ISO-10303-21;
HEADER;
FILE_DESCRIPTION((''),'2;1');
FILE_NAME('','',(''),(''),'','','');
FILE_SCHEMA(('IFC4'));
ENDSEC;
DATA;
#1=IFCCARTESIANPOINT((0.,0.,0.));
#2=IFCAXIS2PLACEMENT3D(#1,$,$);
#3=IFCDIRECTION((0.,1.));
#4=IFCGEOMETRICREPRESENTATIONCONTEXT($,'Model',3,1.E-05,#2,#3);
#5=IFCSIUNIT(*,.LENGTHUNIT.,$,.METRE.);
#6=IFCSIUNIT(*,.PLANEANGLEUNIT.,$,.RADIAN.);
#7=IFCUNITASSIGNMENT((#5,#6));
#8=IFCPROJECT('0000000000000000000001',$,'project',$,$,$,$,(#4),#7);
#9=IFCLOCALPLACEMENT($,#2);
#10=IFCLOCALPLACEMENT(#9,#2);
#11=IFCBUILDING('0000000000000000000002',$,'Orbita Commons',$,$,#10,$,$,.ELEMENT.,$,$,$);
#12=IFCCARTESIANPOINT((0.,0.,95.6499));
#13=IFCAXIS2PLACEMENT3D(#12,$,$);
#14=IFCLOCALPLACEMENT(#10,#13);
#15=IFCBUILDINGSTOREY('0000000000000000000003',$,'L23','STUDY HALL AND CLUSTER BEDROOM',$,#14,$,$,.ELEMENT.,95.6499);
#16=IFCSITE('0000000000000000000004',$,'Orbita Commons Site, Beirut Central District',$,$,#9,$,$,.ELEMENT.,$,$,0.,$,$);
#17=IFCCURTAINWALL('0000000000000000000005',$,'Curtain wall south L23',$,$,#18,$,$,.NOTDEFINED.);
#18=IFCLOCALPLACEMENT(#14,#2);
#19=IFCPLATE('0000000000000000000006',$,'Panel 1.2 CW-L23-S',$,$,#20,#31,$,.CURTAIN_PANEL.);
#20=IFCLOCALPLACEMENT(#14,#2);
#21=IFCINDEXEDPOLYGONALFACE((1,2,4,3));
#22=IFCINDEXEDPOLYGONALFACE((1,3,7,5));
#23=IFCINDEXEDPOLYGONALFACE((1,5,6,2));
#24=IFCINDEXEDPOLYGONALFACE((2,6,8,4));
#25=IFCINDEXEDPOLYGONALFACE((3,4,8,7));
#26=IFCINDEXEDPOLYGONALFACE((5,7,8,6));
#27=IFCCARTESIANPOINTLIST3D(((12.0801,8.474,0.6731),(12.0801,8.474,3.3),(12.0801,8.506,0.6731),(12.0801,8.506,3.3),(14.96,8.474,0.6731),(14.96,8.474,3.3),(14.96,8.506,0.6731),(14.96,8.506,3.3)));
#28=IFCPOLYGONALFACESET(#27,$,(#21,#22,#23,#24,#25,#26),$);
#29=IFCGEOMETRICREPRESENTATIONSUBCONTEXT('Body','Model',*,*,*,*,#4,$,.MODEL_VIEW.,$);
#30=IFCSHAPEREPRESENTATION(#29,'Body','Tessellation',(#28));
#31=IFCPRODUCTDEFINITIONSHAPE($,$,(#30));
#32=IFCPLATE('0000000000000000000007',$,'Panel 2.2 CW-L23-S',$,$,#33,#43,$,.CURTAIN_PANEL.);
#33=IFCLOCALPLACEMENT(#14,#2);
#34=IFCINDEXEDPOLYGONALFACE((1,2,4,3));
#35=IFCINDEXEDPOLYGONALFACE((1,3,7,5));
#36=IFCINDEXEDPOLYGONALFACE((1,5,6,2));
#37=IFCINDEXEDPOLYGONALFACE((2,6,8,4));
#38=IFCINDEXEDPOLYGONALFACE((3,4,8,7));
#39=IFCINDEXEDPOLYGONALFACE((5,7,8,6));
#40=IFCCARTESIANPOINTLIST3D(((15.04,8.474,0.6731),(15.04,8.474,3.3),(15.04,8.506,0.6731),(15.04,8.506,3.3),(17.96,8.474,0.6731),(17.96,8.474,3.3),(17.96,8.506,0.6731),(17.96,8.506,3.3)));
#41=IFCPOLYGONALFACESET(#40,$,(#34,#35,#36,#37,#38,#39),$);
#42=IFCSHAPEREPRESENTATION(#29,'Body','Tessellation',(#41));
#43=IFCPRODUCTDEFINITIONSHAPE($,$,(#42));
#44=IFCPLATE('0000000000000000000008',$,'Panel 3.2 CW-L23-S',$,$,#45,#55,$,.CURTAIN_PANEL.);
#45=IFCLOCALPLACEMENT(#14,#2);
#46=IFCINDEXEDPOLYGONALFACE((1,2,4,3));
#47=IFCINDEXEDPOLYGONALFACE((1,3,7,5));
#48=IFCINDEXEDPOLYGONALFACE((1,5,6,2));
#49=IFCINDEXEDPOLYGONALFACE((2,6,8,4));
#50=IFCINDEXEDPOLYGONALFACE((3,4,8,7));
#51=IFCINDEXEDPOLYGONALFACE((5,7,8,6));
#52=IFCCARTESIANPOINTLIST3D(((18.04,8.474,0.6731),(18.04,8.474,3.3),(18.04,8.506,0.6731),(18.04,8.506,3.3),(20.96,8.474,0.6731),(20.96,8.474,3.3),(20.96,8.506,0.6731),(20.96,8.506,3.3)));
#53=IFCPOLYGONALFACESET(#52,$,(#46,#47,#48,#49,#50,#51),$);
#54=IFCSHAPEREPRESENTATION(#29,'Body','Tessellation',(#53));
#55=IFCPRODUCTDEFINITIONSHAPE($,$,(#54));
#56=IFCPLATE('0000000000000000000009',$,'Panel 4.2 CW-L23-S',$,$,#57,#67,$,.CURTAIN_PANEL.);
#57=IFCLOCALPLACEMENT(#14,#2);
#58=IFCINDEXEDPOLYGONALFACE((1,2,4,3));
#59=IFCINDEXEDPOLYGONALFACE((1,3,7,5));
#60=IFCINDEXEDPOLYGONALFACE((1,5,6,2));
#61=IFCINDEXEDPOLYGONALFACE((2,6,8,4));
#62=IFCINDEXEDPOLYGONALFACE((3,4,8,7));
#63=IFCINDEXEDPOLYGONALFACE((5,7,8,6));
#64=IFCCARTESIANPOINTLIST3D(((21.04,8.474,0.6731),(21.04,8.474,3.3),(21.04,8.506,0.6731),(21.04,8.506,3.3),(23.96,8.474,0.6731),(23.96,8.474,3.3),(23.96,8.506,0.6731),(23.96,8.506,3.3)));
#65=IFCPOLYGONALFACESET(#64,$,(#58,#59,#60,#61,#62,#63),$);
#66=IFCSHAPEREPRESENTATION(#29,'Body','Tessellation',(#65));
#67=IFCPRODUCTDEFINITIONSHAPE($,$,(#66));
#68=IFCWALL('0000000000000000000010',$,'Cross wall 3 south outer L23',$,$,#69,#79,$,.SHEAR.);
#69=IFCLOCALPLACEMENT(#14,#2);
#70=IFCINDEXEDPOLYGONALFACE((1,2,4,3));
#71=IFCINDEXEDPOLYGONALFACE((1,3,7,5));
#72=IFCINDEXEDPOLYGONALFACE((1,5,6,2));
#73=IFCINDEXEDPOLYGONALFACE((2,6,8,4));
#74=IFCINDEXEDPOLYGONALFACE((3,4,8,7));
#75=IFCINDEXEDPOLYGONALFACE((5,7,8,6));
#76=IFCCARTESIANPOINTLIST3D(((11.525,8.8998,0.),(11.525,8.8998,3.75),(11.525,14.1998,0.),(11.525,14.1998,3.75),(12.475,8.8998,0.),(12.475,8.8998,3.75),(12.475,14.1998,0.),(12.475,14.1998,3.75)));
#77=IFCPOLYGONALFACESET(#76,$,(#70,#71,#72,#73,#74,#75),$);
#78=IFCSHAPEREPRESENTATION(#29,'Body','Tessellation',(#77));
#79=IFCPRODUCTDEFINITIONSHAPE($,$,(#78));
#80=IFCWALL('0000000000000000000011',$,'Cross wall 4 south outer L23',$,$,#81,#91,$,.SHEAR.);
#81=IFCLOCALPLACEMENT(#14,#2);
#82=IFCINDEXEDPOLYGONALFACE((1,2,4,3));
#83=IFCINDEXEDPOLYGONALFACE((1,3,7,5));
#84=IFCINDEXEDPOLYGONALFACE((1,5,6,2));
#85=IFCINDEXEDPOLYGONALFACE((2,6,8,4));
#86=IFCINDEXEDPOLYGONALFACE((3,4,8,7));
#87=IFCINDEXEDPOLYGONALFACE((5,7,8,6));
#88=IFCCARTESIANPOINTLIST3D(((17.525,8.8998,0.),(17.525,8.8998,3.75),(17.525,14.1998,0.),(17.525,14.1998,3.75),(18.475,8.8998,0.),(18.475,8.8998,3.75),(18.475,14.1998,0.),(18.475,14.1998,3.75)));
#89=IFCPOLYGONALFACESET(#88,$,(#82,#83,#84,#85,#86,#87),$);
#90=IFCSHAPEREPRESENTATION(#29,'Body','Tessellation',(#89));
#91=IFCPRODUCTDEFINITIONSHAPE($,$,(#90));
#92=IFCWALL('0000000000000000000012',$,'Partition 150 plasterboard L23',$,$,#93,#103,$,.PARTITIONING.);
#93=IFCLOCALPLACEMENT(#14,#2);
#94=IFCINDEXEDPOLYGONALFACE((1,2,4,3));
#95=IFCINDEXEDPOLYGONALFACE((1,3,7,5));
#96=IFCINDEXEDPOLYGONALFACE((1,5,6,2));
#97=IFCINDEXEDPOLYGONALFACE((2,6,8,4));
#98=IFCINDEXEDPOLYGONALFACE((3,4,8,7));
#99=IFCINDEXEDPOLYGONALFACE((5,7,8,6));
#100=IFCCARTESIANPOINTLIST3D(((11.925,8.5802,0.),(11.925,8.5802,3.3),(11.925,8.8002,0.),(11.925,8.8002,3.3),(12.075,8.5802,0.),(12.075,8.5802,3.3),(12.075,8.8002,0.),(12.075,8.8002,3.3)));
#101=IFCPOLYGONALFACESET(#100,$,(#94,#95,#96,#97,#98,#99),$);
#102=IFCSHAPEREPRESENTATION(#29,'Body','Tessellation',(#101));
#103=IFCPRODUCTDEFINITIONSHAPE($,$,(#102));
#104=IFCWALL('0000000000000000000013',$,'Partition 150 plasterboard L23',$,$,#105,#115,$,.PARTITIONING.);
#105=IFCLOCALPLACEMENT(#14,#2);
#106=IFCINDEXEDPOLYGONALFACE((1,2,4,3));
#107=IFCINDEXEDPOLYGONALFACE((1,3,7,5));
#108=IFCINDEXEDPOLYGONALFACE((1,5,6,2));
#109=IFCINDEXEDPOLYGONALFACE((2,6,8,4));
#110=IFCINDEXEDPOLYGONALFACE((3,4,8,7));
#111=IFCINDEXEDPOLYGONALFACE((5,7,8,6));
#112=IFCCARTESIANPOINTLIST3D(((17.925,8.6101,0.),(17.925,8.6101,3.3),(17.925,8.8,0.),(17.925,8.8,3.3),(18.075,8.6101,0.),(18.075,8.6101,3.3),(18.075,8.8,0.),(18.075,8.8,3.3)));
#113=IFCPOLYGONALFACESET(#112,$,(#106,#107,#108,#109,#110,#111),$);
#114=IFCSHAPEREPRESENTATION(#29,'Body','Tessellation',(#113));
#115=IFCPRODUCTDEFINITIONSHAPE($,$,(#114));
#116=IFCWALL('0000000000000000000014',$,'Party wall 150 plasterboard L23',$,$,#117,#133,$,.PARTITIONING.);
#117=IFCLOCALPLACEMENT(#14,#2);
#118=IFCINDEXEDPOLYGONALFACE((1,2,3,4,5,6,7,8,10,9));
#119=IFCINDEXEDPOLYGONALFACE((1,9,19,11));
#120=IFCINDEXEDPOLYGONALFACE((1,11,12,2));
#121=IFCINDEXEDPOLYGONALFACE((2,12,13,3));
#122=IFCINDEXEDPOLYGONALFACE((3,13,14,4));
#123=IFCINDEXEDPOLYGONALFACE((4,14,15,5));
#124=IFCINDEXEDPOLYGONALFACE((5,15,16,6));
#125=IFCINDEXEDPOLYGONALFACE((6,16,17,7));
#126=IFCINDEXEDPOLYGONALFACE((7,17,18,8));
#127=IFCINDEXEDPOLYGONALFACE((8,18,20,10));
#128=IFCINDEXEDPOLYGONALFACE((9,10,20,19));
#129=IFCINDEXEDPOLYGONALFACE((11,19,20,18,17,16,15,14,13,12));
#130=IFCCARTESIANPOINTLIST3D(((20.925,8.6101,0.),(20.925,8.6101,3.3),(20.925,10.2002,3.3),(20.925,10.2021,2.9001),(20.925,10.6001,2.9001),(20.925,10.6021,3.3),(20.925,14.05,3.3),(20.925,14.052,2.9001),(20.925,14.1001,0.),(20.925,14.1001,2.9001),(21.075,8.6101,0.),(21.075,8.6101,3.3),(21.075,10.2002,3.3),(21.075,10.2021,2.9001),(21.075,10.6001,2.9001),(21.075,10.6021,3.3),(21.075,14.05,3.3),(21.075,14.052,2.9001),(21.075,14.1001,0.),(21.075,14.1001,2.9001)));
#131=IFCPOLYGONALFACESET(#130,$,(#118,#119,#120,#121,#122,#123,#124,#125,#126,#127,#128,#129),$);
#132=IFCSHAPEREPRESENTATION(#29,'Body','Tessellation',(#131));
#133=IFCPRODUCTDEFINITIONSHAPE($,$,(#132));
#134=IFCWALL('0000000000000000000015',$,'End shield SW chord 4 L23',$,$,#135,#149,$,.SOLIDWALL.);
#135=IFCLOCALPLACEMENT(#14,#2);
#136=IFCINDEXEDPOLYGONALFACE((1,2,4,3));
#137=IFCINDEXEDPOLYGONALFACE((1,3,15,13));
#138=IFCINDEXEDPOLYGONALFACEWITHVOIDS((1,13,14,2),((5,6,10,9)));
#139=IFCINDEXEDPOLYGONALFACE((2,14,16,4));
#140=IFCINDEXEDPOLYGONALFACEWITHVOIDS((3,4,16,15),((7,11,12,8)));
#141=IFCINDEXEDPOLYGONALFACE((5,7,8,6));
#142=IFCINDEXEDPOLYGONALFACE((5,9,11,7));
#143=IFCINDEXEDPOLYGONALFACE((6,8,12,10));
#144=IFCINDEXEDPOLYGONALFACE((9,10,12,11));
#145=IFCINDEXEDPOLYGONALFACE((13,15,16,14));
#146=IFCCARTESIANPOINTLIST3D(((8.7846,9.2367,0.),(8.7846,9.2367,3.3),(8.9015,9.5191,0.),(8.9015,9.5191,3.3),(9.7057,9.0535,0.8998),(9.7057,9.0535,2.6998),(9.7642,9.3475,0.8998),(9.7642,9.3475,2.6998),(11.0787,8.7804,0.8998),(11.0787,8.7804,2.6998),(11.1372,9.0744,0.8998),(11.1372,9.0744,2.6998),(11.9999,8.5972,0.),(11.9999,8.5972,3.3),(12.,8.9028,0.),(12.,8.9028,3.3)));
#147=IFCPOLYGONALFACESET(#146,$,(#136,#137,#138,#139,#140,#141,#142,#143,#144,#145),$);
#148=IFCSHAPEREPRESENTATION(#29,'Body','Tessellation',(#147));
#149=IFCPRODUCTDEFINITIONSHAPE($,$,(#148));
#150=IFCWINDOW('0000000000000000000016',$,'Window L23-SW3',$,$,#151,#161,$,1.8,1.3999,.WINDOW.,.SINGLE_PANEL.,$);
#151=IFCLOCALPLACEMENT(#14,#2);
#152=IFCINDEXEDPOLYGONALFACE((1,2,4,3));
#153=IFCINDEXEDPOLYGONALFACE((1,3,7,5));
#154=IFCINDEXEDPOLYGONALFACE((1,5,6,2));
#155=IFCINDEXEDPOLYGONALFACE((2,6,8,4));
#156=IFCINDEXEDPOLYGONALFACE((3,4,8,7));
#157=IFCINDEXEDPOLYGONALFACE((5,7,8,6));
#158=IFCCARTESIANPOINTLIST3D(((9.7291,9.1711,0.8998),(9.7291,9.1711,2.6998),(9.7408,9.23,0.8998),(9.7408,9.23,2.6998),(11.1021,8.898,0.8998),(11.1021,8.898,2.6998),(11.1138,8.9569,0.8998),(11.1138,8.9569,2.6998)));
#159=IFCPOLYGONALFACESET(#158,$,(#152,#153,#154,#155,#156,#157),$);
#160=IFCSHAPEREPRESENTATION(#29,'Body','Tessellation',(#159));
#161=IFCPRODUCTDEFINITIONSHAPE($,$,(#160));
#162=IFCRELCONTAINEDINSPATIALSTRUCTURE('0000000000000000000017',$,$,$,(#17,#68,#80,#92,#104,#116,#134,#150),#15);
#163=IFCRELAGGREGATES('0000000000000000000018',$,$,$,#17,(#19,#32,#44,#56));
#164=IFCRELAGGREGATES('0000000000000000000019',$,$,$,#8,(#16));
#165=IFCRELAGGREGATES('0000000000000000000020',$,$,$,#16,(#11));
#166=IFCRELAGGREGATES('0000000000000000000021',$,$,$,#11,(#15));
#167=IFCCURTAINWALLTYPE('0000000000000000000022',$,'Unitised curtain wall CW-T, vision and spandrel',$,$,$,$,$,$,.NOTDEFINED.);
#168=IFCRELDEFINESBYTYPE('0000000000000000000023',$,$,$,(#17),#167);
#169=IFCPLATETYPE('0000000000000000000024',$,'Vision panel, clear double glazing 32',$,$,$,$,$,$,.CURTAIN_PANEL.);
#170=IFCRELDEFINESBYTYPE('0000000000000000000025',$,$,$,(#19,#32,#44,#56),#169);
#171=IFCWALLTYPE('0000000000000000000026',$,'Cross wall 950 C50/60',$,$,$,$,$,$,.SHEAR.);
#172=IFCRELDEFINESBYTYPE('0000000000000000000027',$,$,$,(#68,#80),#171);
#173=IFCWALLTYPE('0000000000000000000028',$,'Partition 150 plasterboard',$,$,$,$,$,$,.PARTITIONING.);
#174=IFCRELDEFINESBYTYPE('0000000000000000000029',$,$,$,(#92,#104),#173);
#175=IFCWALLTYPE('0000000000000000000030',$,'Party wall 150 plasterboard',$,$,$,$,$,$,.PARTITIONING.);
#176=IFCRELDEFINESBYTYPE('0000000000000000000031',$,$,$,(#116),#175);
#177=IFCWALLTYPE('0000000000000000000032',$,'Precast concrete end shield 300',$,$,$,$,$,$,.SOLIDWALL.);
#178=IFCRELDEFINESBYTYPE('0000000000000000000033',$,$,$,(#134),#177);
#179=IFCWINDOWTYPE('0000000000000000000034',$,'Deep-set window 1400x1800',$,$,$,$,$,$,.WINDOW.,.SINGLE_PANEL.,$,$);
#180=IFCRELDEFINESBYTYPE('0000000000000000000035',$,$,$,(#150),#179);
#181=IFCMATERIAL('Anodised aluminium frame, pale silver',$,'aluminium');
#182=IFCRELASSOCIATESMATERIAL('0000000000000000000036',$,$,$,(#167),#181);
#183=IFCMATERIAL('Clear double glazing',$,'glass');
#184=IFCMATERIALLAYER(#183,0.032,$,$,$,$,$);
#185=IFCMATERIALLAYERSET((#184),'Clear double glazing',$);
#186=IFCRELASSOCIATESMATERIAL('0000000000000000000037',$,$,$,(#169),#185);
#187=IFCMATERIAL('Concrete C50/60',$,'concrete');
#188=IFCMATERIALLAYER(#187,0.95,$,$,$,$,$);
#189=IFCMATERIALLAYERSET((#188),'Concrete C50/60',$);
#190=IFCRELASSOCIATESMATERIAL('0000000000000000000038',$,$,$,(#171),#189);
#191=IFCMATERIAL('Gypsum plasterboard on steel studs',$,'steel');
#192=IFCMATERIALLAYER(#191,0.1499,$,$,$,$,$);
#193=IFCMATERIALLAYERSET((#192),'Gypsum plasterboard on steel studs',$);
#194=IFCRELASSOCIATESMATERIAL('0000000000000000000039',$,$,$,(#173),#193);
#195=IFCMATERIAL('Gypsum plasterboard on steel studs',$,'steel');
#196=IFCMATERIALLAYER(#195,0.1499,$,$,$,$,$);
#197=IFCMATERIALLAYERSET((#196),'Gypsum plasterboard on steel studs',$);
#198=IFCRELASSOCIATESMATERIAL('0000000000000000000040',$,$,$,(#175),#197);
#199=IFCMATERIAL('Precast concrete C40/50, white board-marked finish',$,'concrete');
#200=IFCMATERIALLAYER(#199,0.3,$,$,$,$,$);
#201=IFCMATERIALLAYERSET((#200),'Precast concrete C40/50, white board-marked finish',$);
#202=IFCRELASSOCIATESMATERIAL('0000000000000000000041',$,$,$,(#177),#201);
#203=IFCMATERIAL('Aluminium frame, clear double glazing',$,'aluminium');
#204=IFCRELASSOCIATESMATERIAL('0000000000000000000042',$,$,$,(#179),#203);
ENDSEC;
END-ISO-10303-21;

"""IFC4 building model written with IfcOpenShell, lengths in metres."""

from ifc_helpers import new_model, si_unit, direction, frame, frame_2d, origin, origin_2d, place, context, subcontext, project, spatial, polyline, rectangle, outline, extrude, material, layer, layer_set, type_object, element, fill, aggregate, save


model = new_model("IFC4")

# Units and contexts
model_context = context("Model", 3, precision=1e-05, world=origin(), true_north=direction((0.0, 1.0)))
body_context = subcontext(model_context, "Body", "Model", "MODEL_VIEW")
ifc_project = project(units=[si_unit("LENGTHUNIT", "METRE"), si_unit("PLANEANGLEUNIT", "RADIAN")], contexts=[model_context])

# Site, building, storey
site_placement = place(None, origin())
site = spatial("IfcSite", under=ifc_project, at=site_placement, Name="Orbita Commons Site, Beirut Central District", CompositionType="ELEMENT", RefElevation=0.0)
building_placement = place(site_placement, origin())
building = spatial("IfcBuilding", under=site, at=building_placement, Name="Orbita Commons", CompositionType="ELEMENT")
storey_placement = place(building_placement, frame((0.0, 0.0, 95.6499)))
storey = spatial("IfcBuildingStorey", under=building, at=storey_placement, Name="L23", Description="STUDY HALL AND CLUSTER BEDROOM", CompositionType="ELEMENT", Elevation=95.6499)

# Curtain wall
ifc_material_1 = material(Name="Anodised aluminium frame, pale silver", Category="aluminium")
curtain_wall_type = type_object("IfcCurtainWallType", Name="Unitised curtain wall CW-T, vision and spandrel", PredefinedType="NOTDEFINED", material=ifc_material_1)
curtain_wall_placement = place(storey_placement, origin())
curtain_wall = element("IfcCurtainWall", 1, at=curtain_wall_placement, inside=storey, type_object=curtain_wall_type, Name="Curtain wall south L23", PredefinedType="NOTDEFINED")

# Plates
ifc_material_2 = material(Name="Clear double glazing", Category="glass")
ifc_layer_1 = layer(ifc_material_2, 0.032)
ifc_layer_set_1 = layer_set([ifc_layer_1], Name="Clear double glazing")
plate_type_1 = type_object("IfcPlateType", Name="Vision panel, clear double glazing 32", PredefinedType="CURTAIN_PANEL", material=ifc_layer_set_1)
plate_1_placement = place(storey_placement, frame((13.52, 8.49, 0.6731), z_axis=(0.0, 0.0, 1.0), x_axis=(1.0, 0.0, 0.0)))
plate_1 = element("IfcPlate", 2, at=plate_1_placement, type_object=plate_type_1, Name="Panel 1.2 CW-L23-S", PredefinedType="CURTAIN_PANEL", context=body_context, shape_type="SweptSolid", body=[
    extrude(rectangle(XDim=2.8799, YDim=0.032, at=origin_2d()), origin(), (0.0, 0.0, 1.0), 2.627),
])
plate_2_placement = place(storey_placement, frame((16.5, 8.49, 0.6731), z_axis=(0.0, 0.0, 1.0), x_axis=(1.0, 0.0, 0.0)))
plate_2 = element("IfcPlate", 3, at=plate_2_placement, type_object=plate_type_1, Name="Panel 2.2 CW-L23-S", PredefinedType="CURTAIN_PANEL", context=body_context, shape_type="SweptSolid", body=[
    extrude(rectangle(XDim=2.9199, YDim=0.032, at=origin_2d()), origin(), (0.0, 0.0, 1.0), 2.627),
])
plate_3_placement = place(storey_placement, frame((19.5, 8.49, 0.6731), z_axis=(0.0, 0.0, 1.0), x_axis=(1.0, 0.0, 0.0)))
plate_3 = element("IfcPlate", 4, at=plate_3_placement, type_object=plate_type_1, Name="Panel 3.2 CW-L23-S", PredefinedType="CURTAIN_PANEL", context=body_context, shape_type="SweptSolid", body=[
    extrude(rectangle(XDim=2.9199, YDim=0.032, at=origin_2d()), origin(), (0.0, 0.0, 1.0), 2.627),
])
plate_4_placement = place(storey_placement, frame((22.5, 8.49, 0.6731), z_axis=(0.0, 0.0, 1.0), x_axis=(1.0, 0.0, 0.0)))
plate_4 = element("IfcPlate", 5, at=plate_4_placement, type_object=plate_type_1, Name="Panel 4.2 CW-L23-S", PredefinedType="CURTAIN_PANEL", context=body_context, shape_type="SweptSolid", body=[
    extrude(rectangle(XDim=2.9199, YDim=0.032, at=origin_2d()), origin(), (0.0, 0.0, 1.0), 2.627),
])
aggregate(curtain_wall, [plate_1, plate_2, plate_3, plate_4])

# Walls
ifc_material_3 = material(Name="Concrete C50/60", Category="concrete")
ifc_layer_2 = layer(ifc_material_3, 0.95)
ifc_layer_set_2 = layer_set([ifc_layer_2], Name="Concrete C50/60")
wall_type_1 = type_object("IfcWallType", Name="Cross wall 950 C50/60", PredefinedType="SHEAR", material=ifc_layer_set_2)
for number, where, z_axis, x_axis, name in (
    (6, (12.0, 8.8999, 0.0), (0.0, 0.0, 1.0), (0.0, 1.0, 0.0), "Cross wall 3 south outer L23"),
    (7, (18.0, 8.8999, 0.0), (0.0, 0.0, 1.0), (0.0, 1.0, 0.0), "Cross wall 4 south outer L23"),
):
    element("IfcWall", number, at=place(storey_placement, frame(where, z_axis=z_axis, x_axis=x_axis)), inside=storey, type_object=wall_type_1, Name=name, PredefinedType="SHEAR", context=body_context, shape_type="SweptSolid", body=[
        extrude(rectangle(XDim=5.3, YDim=0.95, at=frame_2d((2.6499, 0.0))), origin(), (0.0, 0.0, 1.0), 3.75),
    ])
ifc_material_4 = material(Name="Gypsum plasterboard on steel studs", Category="steel")
ifc_layer_3 = layer(ifc_material_4, 0.1499)
ifc_layer_set_3 = layer_set([ifc_layer_3], Name="Gypsum plasterboard on steel studs")
wall_type_2 = type_object("IfcWallType", Name="Partition 150 plasterboard", PredefinedType="PARTITIONING", material=ifc_layer_set_3)
wall_1_placement = place(storey_placement, frame((12.0, 8.8, 0.0), z_axis=(0.0, 0.0, 1.0), x_axis=(0.0, -1.0, 0.0)))
element("IfcWall", 8, at=wall_1_placement, inside=storey, type_object=wall_type_2, Name="Partition 150 plasterboard L23", PredefinedType="PARTITIONING", context=body_context, shape_type="SweptSolid", body=[
    extrude(rectangle(XDim=0.22, YDim=0.1499, at=frame_2d((0.1099, 0.0))), origin(), (0.0, 0.0, 1.0), 3.3),
])
wall_2_placement = place(storey_placement, frame((18.0, 8.8, 0.0), z_axis=(0.0, 0.0, 1.0), x_axis=(0.0, -1.0, 0.0)))
element("IfcWall", 9, at=wall_2_placement, inside=storey, type_object=wall_type_2, Name="Partition 150 plasterboard L23", PredefinedType="PARTITIONING", context=body_context, shape_type="SweptSolid", body=[
    extrude(rectangle(XDim=0.1899, YDim=0.1499, at=frame_2d((0.095, 0.0))), origin(), (0.0, 0.0, 1.0), 3.3),
])
ifc_material_5 = material(Name="Gypsum plasterboard on steel studs", Category="steel")
ifc_layer_4 = layer(ifc_material_5, 0.1499)
ifc_layer_set_4 = layer_set([ifc_layer_4], Name="Gypsum plasterboard on steel studs")
wall_type_3 = type_object("IfcWallType", Name="Party wall 150 plasterboard", PredefinedType="PARTITIONING", material=ifc_layer_set_4)
wall_3_placement = place(storey_placement, frame((21.0, 8.6101, 0.0), z_axis=(0.0, 0.0, 1.0), x_axis=(0.0, 1.0, 0.0)))
element("IfcWall", 10, at=wall_3_placement, inside=storey, type_object=wall_type_3, Name="Party wall 150 plasterboard L23", PredefinedType="PARTITIONING", context=body_context, shape_type="SweptSolid", body=[
    extrude(outline(polyline([(0.0, 0.0), (5.49, 0.0), (5.49, 2.9001), (5.4419, 2.9001), (5.4399, 3.3), (1.9919, 3.3), (1.99, 2.9001), (1.592, 2.9001), (1.5901, 3.3), (0.0, 3.3), (0.0, 0.0)])), frame((0.0, 0.075, 0.0), z_axis=(0.0, -1.0, 0.0), x_axis=(1.0, 0.0, 0.0)), (0.0, 0.0, 1.0), 0.1499),
])

# Wall, opening, window
ifc_material_6 = material(Name="Precast concrete C40/50, white board-marked finish", Category="concrete")
ifc_layer_5 = layer(ifc_material_6, 0.3)
ifc_layer_set_5 = layer_set([ifc_layer_5], Name="Precast concrete C40/50, white board-marked finish")
wall_type_4 = type_object("IfcWallType", Name="Precast concrete end shield 300", PredefinedType="SOLIDWALL", material=ifc_layer_set_5)
wall_4_placement = place(storey_placement, frame((8.843, 9.3779, 0.0), z_axis=(0.0, 0.0, 1.0), x_axis=(0.980787, -0.19508, 0.0)))
wall_4 = element("IfcWall", 11, at=wall_4_placement, inside=storey, type_object=wall_type_4, Name="End shield SW chord 4 L23", PredefinedType="SOLIDWALL", context=body_context, shape_type="SweptSolid", body=[
    extrude(outline(polyline([(-0.0298, -0.1499), (3.2485, -0.1499), (3.189, 0.1499), (0.0298, 0.1499), (-0.0298, -0.1499)])), origin(), (0.0, 0.0, 1.0), 3.3),
])
opening_placement = place(wall_4_placement, frame((0.9094, 0.0, 0.8999)))
opening = element("IfcOpeningElement", 12, at=opening_placement, cuts=wall_4, PredefinedType="OPENING", context=body_context, shape_type="SweptSolid", body=[
    extrude(rectangle(XDim=1.3999, YDim=1.8, at=frame_2d((0.7, 0.8999))), frame((0.0, 0.1599, 0.0), z_axis=(0.0, -1.0, 0.0), x_axis=(1.0, 0.0, 0.0)), (0.0, 0.0, 1.0), 0.3201),
])
ifc_material_7 = material(Name="Aluminium frame, clear double glazing", Category="aluminium")
window_type = type_object("IfcWindowType", Name="Deep-set window 1400x1800", PartitioningType="SINGLE_PANEL", PredefinedType="WINDOW", material=ifc_material_7)
window_placement = place(opening_placement, origin())
window = element("IfcWindow", 13, at=window_placement, inside=storey, type_object=window_type, Name="Window L23-SW3", OverallHeight=1.8, OverallWidth=1.3999, PartitioningType="SINGLE_PANEL", PredefinedType="WINDOW", context=body_context, shape_type="SweptSolid", body=[
    extrude(rectangle(XDim=1.3999, YDim=1.8, at=frame_2d((0.7, 0.8999))), frame((0.0, 0.03, 0.0), z_axis=(0.0, -1.0, 0.0), x_axis=(1.0, 0.0, 0.0)), (0.0, 0.0, 1.0), 0.0601),
])
fill(opening, window)

save(model, "model.ifc")
